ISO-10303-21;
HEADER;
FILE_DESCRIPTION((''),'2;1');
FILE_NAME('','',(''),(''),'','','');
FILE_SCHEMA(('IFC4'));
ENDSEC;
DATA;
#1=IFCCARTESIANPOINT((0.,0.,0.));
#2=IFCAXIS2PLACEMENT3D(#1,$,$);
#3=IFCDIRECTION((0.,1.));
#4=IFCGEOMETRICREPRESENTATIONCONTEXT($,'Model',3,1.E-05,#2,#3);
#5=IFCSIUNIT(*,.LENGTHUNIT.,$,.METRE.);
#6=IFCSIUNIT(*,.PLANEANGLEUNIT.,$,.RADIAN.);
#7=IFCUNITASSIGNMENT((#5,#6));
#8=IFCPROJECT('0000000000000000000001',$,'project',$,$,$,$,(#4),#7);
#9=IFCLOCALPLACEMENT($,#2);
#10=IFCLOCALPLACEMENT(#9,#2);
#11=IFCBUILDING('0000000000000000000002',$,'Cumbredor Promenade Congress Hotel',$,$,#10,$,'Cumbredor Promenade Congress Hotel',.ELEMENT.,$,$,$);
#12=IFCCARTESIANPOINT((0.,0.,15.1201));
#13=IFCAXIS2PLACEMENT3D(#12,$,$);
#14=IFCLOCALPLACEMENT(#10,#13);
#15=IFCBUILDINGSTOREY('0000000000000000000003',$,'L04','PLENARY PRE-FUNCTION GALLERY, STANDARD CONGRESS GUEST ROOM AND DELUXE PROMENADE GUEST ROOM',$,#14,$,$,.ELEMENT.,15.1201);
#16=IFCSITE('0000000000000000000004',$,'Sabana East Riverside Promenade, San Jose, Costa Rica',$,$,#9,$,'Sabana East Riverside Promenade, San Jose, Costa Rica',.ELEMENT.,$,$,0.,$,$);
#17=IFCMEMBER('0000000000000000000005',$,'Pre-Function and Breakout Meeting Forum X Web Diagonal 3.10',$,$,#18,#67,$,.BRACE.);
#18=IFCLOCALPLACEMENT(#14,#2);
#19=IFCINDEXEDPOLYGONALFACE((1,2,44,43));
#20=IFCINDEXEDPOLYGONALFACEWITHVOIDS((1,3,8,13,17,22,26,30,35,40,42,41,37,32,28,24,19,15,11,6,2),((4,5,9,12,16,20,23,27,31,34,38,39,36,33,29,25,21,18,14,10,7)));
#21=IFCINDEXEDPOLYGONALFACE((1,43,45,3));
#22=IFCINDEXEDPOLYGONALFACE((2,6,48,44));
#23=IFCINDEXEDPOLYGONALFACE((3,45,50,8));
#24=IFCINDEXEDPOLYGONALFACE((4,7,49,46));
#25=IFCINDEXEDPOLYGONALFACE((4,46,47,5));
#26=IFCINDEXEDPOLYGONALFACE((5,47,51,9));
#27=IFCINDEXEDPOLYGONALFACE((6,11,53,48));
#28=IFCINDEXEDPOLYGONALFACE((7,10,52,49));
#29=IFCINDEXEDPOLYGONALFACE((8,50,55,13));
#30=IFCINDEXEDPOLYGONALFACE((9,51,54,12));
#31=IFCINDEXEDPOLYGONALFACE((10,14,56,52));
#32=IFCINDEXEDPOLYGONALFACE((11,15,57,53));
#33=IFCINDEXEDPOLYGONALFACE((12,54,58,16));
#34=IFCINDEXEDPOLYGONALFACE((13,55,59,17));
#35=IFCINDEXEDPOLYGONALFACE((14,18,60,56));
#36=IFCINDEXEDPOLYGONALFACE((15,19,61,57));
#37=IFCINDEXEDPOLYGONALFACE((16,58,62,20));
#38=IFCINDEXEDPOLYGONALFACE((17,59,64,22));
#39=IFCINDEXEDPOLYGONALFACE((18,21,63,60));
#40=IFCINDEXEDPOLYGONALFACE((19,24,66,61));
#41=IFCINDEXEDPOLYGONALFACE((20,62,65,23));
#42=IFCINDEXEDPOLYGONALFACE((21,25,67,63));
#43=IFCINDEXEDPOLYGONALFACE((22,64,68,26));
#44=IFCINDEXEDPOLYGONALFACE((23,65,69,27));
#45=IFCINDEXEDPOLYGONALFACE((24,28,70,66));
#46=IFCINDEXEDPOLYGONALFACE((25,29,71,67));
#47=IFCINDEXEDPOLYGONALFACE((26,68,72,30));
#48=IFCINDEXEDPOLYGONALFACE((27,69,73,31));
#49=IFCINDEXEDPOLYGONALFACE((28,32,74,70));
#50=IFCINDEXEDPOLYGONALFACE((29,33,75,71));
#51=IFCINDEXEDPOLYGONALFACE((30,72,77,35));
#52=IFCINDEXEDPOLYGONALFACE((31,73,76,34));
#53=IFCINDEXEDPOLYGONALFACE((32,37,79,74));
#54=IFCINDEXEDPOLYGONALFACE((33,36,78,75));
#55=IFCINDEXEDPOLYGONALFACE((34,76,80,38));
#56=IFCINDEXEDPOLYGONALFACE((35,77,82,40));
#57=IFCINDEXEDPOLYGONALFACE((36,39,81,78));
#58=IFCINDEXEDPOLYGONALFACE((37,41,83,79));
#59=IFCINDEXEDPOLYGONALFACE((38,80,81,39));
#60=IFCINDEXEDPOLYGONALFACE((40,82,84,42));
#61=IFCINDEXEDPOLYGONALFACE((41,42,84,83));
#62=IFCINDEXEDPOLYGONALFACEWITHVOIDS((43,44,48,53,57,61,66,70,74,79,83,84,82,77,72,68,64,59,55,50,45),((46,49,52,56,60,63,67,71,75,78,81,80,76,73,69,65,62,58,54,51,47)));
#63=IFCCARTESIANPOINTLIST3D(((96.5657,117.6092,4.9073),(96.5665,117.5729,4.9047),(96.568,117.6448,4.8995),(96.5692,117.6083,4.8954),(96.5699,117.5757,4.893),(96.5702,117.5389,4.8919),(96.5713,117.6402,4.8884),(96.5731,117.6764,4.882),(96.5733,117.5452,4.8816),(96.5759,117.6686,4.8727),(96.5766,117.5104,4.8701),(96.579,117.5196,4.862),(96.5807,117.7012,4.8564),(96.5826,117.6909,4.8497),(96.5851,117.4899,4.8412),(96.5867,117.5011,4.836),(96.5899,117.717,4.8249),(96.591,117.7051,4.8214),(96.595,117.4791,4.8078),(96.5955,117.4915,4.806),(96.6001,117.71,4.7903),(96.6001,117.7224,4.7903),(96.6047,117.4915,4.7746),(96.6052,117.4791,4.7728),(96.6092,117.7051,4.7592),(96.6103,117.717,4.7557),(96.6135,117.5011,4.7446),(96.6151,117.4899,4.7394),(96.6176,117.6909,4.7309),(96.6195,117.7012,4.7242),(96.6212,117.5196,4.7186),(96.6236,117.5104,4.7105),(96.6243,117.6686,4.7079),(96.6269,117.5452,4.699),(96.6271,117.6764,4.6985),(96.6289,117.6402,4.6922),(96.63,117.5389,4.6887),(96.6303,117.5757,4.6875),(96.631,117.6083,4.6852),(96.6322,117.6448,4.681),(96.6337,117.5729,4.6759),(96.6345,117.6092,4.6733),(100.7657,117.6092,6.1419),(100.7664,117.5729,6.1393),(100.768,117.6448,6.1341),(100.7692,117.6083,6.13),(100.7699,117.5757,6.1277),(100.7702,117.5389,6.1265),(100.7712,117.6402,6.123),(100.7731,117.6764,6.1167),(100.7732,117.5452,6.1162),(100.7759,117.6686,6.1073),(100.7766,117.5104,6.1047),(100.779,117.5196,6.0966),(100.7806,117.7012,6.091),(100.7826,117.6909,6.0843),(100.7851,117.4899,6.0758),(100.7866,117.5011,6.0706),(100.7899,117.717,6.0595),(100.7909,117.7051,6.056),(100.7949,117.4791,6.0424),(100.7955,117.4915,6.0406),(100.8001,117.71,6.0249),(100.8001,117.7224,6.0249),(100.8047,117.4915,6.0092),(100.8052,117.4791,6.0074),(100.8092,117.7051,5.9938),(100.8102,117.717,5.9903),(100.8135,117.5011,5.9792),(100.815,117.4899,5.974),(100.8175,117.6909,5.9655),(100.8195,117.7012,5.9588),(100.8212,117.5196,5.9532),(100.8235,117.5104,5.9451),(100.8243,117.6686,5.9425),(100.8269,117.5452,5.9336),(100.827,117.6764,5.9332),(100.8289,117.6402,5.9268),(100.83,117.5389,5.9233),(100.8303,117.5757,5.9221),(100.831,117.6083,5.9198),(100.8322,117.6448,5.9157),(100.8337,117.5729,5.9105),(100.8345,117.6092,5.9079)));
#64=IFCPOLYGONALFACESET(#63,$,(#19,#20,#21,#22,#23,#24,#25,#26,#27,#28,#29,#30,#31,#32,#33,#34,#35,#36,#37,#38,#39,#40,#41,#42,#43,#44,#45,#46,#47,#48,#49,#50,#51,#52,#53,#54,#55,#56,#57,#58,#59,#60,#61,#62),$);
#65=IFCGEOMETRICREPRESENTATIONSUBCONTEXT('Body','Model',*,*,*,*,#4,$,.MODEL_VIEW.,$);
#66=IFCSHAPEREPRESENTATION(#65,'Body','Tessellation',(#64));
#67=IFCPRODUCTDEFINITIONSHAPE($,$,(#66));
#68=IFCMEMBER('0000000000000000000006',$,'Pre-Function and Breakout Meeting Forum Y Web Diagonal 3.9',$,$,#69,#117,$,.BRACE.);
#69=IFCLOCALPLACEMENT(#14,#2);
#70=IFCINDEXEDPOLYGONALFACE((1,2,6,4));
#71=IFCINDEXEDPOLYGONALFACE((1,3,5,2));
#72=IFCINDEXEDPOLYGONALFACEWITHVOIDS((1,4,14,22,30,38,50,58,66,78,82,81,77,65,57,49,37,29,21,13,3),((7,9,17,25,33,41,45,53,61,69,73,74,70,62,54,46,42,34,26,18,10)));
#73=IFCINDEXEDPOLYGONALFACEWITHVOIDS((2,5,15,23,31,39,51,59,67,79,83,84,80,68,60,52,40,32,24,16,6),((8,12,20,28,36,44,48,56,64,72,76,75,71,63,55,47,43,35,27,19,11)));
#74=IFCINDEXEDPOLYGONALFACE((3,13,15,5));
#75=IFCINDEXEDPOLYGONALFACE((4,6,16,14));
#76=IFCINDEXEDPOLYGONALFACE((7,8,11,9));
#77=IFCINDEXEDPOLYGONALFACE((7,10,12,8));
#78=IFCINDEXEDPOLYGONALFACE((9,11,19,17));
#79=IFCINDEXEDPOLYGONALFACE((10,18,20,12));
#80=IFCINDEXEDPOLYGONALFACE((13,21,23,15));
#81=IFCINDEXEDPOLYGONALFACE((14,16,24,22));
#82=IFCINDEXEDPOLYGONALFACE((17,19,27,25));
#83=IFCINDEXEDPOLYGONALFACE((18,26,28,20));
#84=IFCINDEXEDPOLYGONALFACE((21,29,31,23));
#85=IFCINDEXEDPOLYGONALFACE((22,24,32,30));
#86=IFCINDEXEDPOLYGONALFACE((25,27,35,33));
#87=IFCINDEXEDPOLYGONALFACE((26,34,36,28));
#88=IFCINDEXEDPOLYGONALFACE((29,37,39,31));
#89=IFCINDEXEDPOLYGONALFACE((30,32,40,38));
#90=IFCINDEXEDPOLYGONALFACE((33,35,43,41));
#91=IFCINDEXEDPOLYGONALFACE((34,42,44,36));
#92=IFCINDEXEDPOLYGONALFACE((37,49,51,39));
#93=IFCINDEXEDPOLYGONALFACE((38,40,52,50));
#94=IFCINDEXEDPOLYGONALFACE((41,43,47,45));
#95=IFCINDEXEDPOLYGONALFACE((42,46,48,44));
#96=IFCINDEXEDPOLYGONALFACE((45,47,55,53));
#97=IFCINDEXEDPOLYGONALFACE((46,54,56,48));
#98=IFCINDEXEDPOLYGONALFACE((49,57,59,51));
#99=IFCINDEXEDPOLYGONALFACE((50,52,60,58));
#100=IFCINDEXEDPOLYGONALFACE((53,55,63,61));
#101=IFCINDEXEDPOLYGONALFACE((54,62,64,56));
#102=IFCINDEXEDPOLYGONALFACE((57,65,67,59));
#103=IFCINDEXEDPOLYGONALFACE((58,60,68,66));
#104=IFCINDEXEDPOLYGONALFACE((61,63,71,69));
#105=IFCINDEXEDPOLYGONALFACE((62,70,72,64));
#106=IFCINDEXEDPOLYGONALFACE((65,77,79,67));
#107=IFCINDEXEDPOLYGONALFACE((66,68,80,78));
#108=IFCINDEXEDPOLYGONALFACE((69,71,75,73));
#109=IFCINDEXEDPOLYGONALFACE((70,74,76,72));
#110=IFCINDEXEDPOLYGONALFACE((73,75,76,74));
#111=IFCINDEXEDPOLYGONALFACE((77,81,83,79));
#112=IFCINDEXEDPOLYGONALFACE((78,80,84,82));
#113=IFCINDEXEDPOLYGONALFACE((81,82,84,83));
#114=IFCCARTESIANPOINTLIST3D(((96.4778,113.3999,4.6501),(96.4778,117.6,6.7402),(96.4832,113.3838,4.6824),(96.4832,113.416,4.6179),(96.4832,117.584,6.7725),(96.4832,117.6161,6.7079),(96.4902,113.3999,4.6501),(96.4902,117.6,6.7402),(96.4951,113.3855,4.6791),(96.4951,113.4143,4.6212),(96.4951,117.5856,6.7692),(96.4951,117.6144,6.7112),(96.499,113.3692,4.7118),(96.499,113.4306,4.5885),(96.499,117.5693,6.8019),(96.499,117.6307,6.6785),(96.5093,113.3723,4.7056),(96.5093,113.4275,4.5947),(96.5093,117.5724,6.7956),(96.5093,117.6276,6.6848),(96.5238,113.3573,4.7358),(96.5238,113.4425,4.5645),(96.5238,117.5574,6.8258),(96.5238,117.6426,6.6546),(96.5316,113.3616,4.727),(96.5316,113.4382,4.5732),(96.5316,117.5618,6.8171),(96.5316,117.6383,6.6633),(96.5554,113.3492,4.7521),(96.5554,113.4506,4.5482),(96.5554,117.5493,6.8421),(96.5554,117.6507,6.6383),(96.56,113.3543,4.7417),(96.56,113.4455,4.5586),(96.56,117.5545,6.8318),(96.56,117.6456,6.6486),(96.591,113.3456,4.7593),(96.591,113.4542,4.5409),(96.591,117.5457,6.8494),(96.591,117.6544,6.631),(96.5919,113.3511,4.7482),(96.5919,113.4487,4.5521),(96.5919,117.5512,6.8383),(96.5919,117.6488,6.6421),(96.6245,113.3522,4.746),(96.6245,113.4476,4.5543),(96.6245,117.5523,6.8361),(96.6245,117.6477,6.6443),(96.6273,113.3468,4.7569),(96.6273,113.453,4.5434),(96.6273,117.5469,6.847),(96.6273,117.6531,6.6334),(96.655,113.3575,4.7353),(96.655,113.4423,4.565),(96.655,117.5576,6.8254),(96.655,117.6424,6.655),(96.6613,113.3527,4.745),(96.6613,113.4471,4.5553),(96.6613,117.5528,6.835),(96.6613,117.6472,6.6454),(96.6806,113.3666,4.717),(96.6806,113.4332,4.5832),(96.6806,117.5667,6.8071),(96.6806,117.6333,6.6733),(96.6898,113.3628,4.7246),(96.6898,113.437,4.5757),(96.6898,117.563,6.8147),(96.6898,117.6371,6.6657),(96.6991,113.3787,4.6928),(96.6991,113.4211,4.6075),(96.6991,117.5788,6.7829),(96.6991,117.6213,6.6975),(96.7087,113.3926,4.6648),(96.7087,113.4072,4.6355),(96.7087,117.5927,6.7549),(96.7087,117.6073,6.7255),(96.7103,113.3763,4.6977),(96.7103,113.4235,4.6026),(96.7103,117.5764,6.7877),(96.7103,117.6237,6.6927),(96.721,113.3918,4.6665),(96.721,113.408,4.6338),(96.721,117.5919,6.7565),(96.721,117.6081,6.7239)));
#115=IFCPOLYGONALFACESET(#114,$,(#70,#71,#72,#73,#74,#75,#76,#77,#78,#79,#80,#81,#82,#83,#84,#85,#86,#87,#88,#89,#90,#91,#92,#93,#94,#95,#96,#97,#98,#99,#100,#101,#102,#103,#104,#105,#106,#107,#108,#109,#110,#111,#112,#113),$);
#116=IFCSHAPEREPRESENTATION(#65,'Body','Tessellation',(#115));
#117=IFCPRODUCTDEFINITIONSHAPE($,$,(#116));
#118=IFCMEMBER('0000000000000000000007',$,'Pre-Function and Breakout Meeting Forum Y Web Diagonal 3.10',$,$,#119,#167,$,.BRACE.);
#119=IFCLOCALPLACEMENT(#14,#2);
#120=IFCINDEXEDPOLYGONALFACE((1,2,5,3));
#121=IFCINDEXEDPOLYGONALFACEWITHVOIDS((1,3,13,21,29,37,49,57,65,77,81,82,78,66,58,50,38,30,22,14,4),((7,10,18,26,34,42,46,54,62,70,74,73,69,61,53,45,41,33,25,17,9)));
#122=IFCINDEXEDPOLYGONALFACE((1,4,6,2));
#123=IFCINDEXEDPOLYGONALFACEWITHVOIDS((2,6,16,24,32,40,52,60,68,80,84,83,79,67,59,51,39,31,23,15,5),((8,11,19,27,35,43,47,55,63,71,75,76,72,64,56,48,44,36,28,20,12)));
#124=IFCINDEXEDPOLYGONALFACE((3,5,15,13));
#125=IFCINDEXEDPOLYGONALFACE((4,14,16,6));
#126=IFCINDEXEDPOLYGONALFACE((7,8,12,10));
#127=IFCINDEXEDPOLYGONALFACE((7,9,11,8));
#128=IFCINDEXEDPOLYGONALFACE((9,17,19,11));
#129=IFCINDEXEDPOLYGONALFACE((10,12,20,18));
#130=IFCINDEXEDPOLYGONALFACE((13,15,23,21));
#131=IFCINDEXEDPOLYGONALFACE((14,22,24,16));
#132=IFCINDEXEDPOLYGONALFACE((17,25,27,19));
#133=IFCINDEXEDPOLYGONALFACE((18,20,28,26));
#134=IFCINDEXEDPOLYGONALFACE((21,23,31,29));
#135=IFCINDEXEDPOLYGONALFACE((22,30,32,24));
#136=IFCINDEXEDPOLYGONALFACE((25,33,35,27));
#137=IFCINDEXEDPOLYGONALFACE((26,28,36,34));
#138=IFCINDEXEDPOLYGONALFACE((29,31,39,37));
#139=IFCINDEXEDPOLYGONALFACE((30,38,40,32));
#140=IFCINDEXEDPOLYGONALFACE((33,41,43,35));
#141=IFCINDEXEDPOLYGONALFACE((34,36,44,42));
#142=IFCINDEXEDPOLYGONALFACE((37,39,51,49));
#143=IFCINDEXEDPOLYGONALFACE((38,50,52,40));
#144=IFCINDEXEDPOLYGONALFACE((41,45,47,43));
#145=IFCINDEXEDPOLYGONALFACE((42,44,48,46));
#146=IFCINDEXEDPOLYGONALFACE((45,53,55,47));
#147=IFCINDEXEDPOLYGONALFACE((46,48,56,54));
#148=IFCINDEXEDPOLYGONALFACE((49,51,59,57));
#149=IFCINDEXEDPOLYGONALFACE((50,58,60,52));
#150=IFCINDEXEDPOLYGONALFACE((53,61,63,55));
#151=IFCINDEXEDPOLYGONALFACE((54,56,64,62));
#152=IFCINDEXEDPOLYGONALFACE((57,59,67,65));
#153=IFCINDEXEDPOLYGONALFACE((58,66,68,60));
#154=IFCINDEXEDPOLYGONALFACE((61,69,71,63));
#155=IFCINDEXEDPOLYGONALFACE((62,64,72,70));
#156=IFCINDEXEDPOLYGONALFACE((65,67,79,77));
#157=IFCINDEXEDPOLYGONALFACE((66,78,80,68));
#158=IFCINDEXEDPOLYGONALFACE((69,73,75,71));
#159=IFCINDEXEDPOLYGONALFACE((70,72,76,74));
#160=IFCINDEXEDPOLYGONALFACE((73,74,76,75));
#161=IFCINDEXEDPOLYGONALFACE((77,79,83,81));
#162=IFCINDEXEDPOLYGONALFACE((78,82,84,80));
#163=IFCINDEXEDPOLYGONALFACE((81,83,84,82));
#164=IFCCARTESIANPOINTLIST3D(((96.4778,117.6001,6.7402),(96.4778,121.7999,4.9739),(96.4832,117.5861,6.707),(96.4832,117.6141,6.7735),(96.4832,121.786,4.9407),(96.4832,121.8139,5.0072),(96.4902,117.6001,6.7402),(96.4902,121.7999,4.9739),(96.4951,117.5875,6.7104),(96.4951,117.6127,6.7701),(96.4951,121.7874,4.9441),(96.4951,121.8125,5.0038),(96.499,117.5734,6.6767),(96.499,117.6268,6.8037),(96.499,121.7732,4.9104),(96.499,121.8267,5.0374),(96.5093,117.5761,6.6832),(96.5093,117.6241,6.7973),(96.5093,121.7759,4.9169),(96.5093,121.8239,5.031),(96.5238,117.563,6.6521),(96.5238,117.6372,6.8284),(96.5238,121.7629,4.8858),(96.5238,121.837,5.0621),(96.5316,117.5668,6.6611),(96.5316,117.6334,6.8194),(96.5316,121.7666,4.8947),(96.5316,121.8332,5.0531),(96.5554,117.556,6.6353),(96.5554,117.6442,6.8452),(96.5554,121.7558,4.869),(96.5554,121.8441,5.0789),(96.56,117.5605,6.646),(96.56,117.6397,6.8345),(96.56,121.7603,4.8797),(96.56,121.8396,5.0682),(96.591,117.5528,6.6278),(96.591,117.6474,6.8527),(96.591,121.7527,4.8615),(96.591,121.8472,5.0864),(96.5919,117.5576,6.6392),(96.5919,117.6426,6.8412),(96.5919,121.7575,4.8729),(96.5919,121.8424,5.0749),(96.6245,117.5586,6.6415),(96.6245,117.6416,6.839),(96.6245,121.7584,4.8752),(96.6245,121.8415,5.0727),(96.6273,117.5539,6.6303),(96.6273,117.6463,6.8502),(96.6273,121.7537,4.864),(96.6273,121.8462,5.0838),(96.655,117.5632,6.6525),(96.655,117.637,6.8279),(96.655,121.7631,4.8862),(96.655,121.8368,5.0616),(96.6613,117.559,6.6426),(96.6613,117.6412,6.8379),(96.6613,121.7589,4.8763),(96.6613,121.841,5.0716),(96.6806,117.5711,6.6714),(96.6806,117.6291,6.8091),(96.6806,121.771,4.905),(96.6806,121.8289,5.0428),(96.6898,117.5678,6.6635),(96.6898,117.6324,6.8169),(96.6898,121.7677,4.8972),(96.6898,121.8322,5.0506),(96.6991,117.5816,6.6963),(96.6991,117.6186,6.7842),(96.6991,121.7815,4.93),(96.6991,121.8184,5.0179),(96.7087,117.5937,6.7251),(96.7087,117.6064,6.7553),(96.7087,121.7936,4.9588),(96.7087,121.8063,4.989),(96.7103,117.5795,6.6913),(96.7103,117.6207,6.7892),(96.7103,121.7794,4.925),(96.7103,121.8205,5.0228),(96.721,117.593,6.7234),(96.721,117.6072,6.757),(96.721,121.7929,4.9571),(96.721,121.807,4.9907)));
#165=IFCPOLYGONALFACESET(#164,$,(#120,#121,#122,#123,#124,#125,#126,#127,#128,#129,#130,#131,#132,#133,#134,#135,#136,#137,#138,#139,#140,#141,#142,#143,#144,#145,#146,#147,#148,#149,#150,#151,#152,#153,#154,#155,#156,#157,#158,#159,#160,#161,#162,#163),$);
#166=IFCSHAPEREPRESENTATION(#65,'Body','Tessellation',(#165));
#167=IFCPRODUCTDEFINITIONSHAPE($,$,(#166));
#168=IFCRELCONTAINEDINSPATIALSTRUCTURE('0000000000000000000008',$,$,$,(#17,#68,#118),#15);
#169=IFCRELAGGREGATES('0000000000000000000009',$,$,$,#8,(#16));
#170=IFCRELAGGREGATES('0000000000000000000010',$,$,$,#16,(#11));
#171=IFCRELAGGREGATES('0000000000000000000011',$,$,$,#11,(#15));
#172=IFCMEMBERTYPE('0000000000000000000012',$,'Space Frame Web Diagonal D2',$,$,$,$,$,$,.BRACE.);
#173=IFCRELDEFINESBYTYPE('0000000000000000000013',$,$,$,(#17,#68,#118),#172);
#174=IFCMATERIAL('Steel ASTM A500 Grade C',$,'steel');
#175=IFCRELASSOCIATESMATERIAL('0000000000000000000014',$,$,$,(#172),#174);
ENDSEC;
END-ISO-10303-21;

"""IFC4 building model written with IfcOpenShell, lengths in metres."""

from ifc_helpers import new_model, si_unit, direction, frame, origin, origin_2d, place, context, subcontext, project, spatial, hollow_circle, extrude, material, material_profile, profile_set, type_object, element, save


model = new_model("IFC4")

# Units and contexts
model_context = context("Model", 3, precision=1e-05, world=origin(), true_north=direction((0.0, 1.0)))
body_context = subcontext(model_context, "Body", "Model", "MODEL_VIEW")
ifc_project = project(units=[si_unit("LENGTHUNIT", "METRE"), si_unit("PLANEANGLEUNIT", "RADIAN")], contexts=[model_context])

# Site, building, storey
site_placement = place(None, origin())
site = spatial("IfcSite", under=ifc_project, at=site_placement, Name="Sabana East Riverside Promenade, San Jose, Costa Rica", LongName="Sabana East Riverside Promenade, San Jose, Costa Rica", CompositionType="ELEMENT", RefElevation=0.0)
building_placement = place(site_placement, origin())
building = spatial("IfcBuilding", under=site, at=building_placement, Name="Cumbredor Promenade Congress Hotel", LongName="Cumbredor Promenade Congress Hotel", CompositionType="ELEMENT")
storey_placement = place(building_placement, frame((0.0, 0.0, 15.1201)))
storey = spatial("IfcBuildingStorey", under=building, at=storey_placement, Name="L04", Description="PLENARY PRE-FUNCTION GALLERY, STANDARD CONGRESS GUEST ROOM AND DELUXE PROMENADE GUEST ROOM", CompositionType="ELEMENT", Elevation=15.1201)

# Members
ifc_material_1 = material(Name="Steel ASTM A500 Grade C", Category="steel")
ifc_material_profile_1 = material_profile(ifc_material_1, hollow_circle(Radius=0.1223, WallThickness=0.0125, at=origin_2d()), Name="CHS 244.5x12.5")
ifc_profile_set_1 = profile_set([ifc_material_profile_1], Name="Steel ASTM A500 Grade C")
member_type_1 = type_object("IfcMemberType", Name="Space Frame Web Diagonal D2", PredefinedType="BRACE", material=ifc_profile_set_1)
member_1_placement = place(storey_placement, frame((96.6001, 117.6001, 4.7903), z_axis=(0.959406, 0.0, 0.282027), x_axis=(0.0, 1.0, 0.0)))
element("IfcMember", 1, at=member_1_placement, inside=storey, type_object=member_type_1, Name="Pre-Function and Breakout Meeting Forum X Web Diagonal 3.10", PredefinedType="BRACE", context=body_context, shape_type="SweptSolid", body=[
    extrude(hollow_circle(Radius=0.1223, WallThickness=0.0125, at=origin_2d()), origin(), (0.0, 0.0, 1.0), 4.3777),
])
member_2_placement = place(storey_placement, frame((96.6001, 113.3999, 4.6501), z_axis=(0.0, 0.895279, 0.445506), x_axis=(-1.0, 0.0, 0.0)))
element("IfcMember", 2, at=member_2_placement, inside=storey, type_object=member_type_1, Name="Pre-Function and Breakout Meeting Forum Y Web Diagonal 3.9", PredefinedType="BRACE", context=body_context, shape_type="SweptSolid", body=[
    extrude(hollow_circle(Radius=0.1223, WallThickness=0.0125, at=origin_2d()), origin(), (0.0, 0.0, 1.0), 4.6914),
])
member_3_placement = place(storey_placement, frame((96.6001, 117.6001, 6.7402), z_axis=(0.0, 0.921796, -0.387676), x_axis=(-1.0, 0.0, 0.0)))
element("IfcMember", 3, at=member_3_placement, inside=storey, type_object=member_type_1, Name="Pre-Function and Breakout Meeting Forum Y Web Diagonal 3.10", PredefinedType="BRACE", context=body_context, shape_type="SweptSolid", body=[
    extrude(hollow_circle(Radius=0.1223, WallThickness=0.0125, at=origin_2d()), origin(), (0.0, 0.0, 1.0), 4.5562),
])

save(model, "model.ifc")
